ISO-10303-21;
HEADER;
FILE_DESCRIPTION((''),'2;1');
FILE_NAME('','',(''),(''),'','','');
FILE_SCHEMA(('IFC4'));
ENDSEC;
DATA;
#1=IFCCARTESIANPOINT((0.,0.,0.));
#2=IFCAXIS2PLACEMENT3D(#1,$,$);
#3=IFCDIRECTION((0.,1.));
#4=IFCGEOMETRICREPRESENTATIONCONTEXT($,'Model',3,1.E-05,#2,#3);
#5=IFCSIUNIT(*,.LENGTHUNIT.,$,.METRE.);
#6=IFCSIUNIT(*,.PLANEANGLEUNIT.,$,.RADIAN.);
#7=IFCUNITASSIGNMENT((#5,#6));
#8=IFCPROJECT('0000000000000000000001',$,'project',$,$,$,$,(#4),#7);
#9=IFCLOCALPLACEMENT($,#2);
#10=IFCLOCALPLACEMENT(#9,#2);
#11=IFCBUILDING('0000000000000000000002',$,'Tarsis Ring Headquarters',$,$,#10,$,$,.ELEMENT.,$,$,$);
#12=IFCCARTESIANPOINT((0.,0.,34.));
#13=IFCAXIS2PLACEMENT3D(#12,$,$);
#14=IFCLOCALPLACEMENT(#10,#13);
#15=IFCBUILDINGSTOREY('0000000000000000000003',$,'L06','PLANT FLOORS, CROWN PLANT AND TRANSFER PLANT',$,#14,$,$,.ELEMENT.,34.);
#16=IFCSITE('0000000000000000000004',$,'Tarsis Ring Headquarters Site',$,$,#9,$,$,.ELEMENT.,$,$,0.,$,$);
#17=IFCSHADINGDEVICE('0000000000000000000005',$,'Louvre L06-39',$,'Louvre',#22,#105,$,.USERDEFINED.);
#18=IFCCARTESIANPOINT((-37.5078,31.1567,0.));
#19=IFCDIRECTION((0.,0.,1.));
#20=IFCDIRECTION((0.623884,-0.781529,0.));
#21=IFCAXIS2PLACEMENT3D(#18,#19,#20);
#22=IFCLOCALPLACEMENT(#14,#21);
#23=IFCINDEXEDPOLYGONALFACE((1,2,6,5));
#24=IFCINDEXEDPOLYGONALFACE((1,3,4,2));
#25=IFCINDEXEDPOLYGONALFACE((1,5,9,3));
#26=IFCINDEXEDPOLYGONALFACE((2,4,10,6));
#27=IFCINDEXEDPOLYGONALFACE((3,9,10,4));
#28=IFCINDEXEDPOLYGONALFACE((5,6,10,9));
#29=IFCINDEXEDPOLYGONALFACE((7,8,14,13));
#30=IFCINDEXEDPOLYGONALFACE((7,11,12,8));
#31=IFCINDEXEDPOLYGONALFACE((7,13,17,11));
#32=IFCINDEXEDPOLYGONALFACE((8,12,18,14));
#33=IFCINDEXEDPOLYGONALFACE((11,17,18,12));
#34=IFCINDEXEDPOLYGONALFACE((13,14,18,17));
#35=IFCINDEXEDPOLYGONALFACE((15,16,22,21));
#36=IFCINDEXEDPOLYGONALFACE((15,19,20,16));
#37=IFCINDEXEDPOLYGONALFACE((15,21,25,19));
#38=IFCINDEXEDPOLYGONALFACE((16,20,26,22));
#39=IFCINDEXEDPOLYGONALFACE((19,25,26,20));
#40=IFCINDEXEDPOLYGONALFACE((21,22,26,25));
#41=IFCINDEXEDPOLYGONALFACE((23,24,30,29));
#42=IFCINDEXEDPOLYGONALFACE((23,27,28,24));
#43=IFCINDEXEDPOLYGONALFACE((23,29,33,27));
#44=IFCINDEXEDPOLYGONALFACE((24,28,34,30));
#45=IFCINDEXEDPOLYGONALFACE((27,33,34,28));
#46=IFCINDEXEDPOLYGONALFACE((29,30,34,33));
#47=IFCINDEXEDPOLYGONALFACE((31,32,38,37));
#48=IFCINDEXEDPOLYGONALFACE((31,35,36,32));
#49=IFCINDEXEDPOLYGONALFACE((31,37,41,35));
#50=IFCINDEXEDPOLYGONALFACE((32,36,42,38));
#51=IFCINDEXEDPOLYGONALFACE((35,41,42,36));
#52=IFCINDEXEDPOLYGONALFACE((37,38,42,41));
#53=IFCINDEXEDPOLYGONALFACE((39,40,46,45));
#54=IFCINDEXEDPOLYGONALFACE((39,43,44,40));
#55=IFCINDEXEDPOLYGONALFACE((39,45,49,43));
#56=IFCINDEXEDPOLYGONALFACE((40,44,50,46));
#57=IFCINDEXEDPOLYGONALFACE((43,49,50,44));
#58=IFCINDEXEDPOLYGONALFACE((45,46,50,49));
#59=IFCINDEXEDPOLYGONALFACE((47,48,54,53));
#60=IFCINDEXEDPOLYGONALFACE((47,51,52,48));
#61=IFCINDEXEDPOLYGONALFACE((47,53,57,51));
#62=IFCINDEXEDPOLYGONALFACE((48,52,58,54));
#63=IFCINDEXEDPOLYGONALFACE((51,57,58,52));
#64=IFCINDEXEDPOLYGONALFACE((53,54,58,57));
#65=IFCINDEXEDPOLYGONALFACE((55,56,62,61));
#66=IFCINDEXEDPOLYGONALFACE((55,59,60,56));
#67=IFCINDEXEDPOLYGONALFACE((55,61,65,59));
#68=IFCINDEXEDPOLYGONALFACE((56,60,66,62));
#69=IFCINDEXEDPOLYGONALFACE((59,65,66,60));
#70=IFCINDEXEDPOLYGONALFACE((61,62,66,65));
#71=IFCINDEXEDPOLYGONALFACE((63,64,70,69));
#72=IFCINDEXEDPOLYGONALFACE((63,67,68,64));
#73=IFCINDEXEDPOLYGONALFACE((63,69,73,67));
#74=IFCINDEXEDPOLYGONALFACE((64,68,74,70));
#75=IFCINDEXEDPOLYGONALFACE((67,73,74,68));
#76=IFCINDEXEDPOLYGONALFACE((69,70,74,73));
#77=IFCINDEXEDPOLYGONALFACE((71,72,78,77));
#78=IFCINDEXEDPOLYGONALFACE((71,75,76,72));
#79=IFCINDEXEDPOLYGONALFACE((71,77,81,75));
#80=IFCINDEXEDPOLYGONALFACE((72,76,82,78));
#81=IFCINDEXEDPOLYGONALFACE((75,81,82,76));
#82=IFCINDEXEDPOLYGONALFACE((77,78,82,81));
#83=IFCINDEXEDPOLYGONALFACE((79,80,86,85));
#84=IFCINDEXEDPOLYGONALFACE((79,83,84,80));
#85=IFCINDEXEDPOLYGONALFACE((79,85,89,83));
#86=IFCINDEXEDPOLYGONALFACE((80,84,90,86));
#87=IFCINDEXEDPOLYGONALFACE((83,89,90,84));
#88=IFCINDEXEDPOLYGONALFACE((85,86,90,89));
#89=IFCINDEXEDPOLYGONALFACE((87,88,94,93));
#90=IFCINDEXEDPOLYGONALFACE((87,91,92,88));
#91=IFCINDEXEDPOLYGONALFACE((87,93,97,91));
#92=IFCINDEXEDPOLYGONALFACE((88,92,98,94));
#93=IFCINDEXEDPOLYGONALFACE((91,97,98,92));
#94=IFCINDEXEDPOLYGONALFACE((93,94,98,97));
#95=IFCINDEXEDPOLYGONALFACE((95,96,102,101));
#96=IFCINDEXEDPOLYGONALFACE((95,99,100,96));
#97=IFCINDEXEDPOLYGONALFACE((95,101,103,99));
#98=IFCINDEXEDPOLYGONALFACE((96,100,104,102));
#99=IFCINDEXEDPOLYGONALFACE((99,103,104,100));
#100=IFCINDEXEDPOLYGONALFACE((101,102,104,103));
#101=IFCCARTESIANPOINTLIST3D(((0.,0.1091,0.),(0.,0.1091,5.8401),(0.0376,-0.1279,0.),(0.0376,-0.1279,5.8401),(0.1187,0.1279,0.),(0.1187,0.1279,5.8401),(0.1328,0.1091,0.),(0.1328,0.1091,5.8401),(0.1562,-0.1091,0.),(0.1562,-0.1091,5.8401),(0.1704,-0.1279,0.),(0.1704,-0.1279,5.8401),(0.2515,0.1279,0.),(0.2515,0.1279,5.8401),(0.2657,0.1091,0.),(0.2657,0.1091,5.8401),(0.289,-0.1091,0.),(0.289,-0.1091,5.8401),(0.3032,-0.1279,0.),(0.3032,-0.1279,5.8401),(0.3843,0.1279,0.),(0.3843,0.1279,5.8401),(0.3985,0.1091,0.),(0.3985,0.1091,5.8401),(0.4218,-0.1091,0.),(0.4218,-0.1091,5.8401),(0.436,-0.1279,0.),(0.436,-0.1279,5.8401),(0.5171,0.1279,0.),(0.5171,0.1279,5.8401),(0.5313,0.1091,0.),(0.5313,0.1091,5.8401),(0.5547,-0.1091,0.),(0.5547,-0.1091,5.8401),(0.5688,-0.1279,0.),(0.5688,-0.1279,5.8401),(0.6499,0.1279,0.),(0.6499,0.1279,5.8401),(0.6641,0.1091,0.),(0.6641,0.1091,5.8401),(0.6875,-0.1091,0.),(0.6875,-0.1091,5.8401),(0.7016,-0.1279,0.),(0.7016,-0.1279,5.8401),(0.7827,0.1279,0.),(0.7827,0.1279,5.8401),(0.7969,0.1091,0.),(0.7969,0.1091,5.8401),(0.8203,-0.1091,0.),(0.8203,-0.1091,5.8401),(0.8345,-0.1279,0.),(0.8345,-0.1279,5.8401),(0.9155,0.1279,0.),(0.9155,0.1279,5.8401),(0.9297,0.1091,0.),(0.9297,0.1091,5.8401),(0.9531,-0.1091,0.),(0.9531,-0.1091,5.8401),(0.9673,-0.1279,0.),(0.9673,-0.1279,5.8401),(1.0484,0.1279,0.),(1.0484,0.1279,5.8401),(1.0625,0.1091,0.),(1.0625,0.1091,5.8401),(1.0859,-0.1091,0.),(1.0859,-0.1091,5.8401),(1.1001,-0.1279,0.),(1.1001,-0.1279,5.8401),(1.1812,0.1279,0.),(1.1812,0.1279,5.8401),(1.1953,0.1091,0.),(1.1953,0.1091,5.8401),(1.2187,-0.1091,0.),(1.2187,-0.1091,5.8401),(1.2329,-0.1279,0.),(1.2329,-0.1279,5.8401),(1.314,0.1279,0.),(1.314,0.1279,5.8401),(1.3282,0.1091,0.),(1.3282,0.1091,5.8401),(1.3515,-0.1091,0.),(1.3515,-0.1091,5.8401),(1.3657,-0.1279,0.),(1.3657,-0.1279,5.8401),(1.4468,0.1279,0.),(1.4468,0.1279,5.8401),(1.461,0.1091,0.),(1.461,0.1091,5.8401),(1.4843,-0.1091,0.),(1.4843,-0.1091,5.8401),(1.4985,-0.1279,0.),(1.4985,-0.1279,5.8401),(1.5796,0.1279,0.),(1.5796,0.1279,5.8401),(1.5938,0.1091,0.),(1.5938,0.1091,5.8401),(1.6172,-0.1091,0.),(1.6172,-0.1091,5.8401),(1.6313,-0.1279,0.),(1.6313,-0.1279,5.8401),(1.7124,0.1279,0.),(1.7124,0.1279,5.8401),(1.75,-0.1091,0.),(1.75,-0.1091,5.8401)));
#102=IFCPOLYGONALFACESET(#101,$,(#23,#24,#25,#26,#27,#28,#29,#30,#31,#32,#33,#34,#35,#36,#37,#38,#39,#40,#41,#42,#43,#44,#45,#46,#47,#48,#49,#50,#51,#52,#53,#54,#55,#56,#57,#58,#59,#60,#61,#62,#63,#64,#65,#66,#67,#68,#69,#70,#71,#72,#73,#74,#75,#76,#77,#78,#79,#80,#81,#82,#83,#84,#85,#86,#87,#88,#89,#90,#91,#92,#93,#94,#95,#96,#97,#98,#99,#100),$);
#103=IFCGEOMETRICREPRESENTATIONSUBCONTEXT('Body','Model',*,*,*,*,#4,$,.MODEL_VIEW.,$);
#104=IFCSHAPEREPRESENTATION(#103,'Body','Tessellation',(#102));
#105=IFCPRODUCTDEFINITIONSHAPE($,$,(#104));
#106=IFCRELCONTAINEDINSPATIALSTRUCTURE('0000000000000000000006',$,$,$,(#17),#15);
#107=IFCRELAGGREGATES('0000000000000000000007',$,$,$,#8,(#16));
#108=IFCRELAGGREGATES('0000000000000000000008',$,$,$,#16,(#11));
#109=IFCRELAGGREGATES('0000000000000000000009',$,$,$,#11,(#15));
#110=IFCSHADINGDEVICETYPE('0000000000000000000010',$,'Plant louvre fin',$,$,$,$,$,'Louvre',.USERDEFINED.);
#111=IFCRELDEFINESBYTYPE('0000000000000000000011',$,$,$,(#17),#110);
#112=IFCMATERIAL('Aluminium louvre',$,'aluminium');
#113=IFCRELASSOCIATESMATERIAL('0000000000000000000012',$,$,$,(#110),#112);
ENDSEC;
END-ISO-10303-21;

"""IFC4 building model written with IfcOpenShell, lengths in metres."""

from ifc_helpers import new_model, si_unit, direction, frame, frame_2d, origin, place, context, subcontext, project, spatial, rectangle, composite_profile, extrude, material, type_object, element, save


model = new_model("IFC4")

# Units and contexts
model_context = context("Model", 3, precision=1e-05, world=origin(), true_north=direction((0.0, 1.0)))
body_context = subcontext(model_context, "Body", "Model", "MODEL_VIEW")
ifc_project = project(units=[si_unit("LENGTHUNIT", "METRE"), si_unit("PLANEANGLEUNIT", "RADIAN")], contexts=[model_context])

# Site, building, storey
site_placement = place(None, origin())
site = spatial("IfcSite", under=ifc_project, at=site_placement, Name="Tarsis Ring Headquarters Site", CompositionType="ELEMENT", RefElevation=0.0)
building_placement = place(site_placement, origin())
building = spatial("IfcBuilding", under=site, at=building_placement, Name="Tarsis Ring Headquarters", CompositionType="ELEMENT")
storey_placement = place(building_placement, frame((0.0, 0.0, 34.0)))
storey = spatial("IfcBuildingStorey", under=building, at=storey_placement, Name="L06", Description="PLANT FLOORS, CROWN PLANT AND TRANSFER PLANT", CompositionType="ELEMENT", Elevation=34.0)

# Shading device
ifc_material_1 = material(Name="Aluminium louvre", Category="aluminium")
shading_device_type_1 = type_object("IfcShadingDeviceType", Name="Plant louvre fin", ElementType="Louvre", PredefinedType="USERDEFINED", material=ifc_material_1)
for number, where, z_axis, x_axis, name in (
    (1, (-37.5078, 31.1567, 0.0), (0.0, 0.0, 1.0), (0.623884, -0.781529, 0.0), "Louvre L06-39"),
):
    element("IfcShadingDevice", number, at=place(storey_placement, frame(where, z_axis=z_axis, x_axis=x_axis)), inside=storey, type_object=shading_device_type_1, Name=name, ObjectType="Louvre", PredefinedType="USERDEFINED", context=body_context, shape_type="SweptSolid", body=[
        extrude(composite_profile([rectangle(XDim=0.1201, YDim=0.24, at=frame_2d((0.0781, 0.0), x_axis=(0.987688, 0.156434))), rectangle(XDim=0.1201, YDim=0.24, at=frame_2d((0.2109, 0.0), x_axis=(0.987688, 0.156434))), rectangle(XDim=0.1201, YDim=0.24, at=frame_2d((0.3438, 0.0), x_axis=(0.987688, 0.156434))), rectangle(XDim=0.1201, YDim=0.24, at=frame_2d((0.4766, 0.0), x_axis=(0.987688, 0.156434))), rectangle(XDim=0.1201, YDim=0.24, at=frame_2d((0.6094, 0.0), x_axis=(0.987688, 0.156434))), rectangle(XDim=0.1201, YDim=0.24, at=frame_2d((0.7422, 0.0), x_axis=(0.987688, 0.156434))), rectangle(XDim=0.1201, YDim=0.24, at=frame_2d((0.875, 0.0), x_axis=(0.987688, 0.156434))), rectangle(XDim=0.1201, YDim=0.24, at=frame_2d((1.0078, 0.0), x_axis=(0.987688, 0.156434))), rectangle(XDim=0.1201, YDim=0.24, at=frame_2d((1.1406, 0.0), x_axis=(0.987688, 0.156434))), rectangle(XDim=0.1201, YDim=0.24, at=frame_2d((1.2734, 0.0), x_axis=(0.987688, 0.156434))), rectangle(XDim=0.1201, YDim=0.24, at=frame_2d((1.4062, 0.0), x_axis=(0.987688, 0.156434))), rectangle(XDim=0.1201, YDim=0.24, at=frame_2d((1.5391, 0.0), x_axis=(0.987688, 0.156434))), rectangle(XDim=0.1201, YDim=0.24, at=frame_2d((1.6719, 0.0), x_axis=(0.987688, 0.156434)))]), origin(), (0.0, 0.0, 1.0), 5.8401),
    ])

save(model, "model.ifc")
